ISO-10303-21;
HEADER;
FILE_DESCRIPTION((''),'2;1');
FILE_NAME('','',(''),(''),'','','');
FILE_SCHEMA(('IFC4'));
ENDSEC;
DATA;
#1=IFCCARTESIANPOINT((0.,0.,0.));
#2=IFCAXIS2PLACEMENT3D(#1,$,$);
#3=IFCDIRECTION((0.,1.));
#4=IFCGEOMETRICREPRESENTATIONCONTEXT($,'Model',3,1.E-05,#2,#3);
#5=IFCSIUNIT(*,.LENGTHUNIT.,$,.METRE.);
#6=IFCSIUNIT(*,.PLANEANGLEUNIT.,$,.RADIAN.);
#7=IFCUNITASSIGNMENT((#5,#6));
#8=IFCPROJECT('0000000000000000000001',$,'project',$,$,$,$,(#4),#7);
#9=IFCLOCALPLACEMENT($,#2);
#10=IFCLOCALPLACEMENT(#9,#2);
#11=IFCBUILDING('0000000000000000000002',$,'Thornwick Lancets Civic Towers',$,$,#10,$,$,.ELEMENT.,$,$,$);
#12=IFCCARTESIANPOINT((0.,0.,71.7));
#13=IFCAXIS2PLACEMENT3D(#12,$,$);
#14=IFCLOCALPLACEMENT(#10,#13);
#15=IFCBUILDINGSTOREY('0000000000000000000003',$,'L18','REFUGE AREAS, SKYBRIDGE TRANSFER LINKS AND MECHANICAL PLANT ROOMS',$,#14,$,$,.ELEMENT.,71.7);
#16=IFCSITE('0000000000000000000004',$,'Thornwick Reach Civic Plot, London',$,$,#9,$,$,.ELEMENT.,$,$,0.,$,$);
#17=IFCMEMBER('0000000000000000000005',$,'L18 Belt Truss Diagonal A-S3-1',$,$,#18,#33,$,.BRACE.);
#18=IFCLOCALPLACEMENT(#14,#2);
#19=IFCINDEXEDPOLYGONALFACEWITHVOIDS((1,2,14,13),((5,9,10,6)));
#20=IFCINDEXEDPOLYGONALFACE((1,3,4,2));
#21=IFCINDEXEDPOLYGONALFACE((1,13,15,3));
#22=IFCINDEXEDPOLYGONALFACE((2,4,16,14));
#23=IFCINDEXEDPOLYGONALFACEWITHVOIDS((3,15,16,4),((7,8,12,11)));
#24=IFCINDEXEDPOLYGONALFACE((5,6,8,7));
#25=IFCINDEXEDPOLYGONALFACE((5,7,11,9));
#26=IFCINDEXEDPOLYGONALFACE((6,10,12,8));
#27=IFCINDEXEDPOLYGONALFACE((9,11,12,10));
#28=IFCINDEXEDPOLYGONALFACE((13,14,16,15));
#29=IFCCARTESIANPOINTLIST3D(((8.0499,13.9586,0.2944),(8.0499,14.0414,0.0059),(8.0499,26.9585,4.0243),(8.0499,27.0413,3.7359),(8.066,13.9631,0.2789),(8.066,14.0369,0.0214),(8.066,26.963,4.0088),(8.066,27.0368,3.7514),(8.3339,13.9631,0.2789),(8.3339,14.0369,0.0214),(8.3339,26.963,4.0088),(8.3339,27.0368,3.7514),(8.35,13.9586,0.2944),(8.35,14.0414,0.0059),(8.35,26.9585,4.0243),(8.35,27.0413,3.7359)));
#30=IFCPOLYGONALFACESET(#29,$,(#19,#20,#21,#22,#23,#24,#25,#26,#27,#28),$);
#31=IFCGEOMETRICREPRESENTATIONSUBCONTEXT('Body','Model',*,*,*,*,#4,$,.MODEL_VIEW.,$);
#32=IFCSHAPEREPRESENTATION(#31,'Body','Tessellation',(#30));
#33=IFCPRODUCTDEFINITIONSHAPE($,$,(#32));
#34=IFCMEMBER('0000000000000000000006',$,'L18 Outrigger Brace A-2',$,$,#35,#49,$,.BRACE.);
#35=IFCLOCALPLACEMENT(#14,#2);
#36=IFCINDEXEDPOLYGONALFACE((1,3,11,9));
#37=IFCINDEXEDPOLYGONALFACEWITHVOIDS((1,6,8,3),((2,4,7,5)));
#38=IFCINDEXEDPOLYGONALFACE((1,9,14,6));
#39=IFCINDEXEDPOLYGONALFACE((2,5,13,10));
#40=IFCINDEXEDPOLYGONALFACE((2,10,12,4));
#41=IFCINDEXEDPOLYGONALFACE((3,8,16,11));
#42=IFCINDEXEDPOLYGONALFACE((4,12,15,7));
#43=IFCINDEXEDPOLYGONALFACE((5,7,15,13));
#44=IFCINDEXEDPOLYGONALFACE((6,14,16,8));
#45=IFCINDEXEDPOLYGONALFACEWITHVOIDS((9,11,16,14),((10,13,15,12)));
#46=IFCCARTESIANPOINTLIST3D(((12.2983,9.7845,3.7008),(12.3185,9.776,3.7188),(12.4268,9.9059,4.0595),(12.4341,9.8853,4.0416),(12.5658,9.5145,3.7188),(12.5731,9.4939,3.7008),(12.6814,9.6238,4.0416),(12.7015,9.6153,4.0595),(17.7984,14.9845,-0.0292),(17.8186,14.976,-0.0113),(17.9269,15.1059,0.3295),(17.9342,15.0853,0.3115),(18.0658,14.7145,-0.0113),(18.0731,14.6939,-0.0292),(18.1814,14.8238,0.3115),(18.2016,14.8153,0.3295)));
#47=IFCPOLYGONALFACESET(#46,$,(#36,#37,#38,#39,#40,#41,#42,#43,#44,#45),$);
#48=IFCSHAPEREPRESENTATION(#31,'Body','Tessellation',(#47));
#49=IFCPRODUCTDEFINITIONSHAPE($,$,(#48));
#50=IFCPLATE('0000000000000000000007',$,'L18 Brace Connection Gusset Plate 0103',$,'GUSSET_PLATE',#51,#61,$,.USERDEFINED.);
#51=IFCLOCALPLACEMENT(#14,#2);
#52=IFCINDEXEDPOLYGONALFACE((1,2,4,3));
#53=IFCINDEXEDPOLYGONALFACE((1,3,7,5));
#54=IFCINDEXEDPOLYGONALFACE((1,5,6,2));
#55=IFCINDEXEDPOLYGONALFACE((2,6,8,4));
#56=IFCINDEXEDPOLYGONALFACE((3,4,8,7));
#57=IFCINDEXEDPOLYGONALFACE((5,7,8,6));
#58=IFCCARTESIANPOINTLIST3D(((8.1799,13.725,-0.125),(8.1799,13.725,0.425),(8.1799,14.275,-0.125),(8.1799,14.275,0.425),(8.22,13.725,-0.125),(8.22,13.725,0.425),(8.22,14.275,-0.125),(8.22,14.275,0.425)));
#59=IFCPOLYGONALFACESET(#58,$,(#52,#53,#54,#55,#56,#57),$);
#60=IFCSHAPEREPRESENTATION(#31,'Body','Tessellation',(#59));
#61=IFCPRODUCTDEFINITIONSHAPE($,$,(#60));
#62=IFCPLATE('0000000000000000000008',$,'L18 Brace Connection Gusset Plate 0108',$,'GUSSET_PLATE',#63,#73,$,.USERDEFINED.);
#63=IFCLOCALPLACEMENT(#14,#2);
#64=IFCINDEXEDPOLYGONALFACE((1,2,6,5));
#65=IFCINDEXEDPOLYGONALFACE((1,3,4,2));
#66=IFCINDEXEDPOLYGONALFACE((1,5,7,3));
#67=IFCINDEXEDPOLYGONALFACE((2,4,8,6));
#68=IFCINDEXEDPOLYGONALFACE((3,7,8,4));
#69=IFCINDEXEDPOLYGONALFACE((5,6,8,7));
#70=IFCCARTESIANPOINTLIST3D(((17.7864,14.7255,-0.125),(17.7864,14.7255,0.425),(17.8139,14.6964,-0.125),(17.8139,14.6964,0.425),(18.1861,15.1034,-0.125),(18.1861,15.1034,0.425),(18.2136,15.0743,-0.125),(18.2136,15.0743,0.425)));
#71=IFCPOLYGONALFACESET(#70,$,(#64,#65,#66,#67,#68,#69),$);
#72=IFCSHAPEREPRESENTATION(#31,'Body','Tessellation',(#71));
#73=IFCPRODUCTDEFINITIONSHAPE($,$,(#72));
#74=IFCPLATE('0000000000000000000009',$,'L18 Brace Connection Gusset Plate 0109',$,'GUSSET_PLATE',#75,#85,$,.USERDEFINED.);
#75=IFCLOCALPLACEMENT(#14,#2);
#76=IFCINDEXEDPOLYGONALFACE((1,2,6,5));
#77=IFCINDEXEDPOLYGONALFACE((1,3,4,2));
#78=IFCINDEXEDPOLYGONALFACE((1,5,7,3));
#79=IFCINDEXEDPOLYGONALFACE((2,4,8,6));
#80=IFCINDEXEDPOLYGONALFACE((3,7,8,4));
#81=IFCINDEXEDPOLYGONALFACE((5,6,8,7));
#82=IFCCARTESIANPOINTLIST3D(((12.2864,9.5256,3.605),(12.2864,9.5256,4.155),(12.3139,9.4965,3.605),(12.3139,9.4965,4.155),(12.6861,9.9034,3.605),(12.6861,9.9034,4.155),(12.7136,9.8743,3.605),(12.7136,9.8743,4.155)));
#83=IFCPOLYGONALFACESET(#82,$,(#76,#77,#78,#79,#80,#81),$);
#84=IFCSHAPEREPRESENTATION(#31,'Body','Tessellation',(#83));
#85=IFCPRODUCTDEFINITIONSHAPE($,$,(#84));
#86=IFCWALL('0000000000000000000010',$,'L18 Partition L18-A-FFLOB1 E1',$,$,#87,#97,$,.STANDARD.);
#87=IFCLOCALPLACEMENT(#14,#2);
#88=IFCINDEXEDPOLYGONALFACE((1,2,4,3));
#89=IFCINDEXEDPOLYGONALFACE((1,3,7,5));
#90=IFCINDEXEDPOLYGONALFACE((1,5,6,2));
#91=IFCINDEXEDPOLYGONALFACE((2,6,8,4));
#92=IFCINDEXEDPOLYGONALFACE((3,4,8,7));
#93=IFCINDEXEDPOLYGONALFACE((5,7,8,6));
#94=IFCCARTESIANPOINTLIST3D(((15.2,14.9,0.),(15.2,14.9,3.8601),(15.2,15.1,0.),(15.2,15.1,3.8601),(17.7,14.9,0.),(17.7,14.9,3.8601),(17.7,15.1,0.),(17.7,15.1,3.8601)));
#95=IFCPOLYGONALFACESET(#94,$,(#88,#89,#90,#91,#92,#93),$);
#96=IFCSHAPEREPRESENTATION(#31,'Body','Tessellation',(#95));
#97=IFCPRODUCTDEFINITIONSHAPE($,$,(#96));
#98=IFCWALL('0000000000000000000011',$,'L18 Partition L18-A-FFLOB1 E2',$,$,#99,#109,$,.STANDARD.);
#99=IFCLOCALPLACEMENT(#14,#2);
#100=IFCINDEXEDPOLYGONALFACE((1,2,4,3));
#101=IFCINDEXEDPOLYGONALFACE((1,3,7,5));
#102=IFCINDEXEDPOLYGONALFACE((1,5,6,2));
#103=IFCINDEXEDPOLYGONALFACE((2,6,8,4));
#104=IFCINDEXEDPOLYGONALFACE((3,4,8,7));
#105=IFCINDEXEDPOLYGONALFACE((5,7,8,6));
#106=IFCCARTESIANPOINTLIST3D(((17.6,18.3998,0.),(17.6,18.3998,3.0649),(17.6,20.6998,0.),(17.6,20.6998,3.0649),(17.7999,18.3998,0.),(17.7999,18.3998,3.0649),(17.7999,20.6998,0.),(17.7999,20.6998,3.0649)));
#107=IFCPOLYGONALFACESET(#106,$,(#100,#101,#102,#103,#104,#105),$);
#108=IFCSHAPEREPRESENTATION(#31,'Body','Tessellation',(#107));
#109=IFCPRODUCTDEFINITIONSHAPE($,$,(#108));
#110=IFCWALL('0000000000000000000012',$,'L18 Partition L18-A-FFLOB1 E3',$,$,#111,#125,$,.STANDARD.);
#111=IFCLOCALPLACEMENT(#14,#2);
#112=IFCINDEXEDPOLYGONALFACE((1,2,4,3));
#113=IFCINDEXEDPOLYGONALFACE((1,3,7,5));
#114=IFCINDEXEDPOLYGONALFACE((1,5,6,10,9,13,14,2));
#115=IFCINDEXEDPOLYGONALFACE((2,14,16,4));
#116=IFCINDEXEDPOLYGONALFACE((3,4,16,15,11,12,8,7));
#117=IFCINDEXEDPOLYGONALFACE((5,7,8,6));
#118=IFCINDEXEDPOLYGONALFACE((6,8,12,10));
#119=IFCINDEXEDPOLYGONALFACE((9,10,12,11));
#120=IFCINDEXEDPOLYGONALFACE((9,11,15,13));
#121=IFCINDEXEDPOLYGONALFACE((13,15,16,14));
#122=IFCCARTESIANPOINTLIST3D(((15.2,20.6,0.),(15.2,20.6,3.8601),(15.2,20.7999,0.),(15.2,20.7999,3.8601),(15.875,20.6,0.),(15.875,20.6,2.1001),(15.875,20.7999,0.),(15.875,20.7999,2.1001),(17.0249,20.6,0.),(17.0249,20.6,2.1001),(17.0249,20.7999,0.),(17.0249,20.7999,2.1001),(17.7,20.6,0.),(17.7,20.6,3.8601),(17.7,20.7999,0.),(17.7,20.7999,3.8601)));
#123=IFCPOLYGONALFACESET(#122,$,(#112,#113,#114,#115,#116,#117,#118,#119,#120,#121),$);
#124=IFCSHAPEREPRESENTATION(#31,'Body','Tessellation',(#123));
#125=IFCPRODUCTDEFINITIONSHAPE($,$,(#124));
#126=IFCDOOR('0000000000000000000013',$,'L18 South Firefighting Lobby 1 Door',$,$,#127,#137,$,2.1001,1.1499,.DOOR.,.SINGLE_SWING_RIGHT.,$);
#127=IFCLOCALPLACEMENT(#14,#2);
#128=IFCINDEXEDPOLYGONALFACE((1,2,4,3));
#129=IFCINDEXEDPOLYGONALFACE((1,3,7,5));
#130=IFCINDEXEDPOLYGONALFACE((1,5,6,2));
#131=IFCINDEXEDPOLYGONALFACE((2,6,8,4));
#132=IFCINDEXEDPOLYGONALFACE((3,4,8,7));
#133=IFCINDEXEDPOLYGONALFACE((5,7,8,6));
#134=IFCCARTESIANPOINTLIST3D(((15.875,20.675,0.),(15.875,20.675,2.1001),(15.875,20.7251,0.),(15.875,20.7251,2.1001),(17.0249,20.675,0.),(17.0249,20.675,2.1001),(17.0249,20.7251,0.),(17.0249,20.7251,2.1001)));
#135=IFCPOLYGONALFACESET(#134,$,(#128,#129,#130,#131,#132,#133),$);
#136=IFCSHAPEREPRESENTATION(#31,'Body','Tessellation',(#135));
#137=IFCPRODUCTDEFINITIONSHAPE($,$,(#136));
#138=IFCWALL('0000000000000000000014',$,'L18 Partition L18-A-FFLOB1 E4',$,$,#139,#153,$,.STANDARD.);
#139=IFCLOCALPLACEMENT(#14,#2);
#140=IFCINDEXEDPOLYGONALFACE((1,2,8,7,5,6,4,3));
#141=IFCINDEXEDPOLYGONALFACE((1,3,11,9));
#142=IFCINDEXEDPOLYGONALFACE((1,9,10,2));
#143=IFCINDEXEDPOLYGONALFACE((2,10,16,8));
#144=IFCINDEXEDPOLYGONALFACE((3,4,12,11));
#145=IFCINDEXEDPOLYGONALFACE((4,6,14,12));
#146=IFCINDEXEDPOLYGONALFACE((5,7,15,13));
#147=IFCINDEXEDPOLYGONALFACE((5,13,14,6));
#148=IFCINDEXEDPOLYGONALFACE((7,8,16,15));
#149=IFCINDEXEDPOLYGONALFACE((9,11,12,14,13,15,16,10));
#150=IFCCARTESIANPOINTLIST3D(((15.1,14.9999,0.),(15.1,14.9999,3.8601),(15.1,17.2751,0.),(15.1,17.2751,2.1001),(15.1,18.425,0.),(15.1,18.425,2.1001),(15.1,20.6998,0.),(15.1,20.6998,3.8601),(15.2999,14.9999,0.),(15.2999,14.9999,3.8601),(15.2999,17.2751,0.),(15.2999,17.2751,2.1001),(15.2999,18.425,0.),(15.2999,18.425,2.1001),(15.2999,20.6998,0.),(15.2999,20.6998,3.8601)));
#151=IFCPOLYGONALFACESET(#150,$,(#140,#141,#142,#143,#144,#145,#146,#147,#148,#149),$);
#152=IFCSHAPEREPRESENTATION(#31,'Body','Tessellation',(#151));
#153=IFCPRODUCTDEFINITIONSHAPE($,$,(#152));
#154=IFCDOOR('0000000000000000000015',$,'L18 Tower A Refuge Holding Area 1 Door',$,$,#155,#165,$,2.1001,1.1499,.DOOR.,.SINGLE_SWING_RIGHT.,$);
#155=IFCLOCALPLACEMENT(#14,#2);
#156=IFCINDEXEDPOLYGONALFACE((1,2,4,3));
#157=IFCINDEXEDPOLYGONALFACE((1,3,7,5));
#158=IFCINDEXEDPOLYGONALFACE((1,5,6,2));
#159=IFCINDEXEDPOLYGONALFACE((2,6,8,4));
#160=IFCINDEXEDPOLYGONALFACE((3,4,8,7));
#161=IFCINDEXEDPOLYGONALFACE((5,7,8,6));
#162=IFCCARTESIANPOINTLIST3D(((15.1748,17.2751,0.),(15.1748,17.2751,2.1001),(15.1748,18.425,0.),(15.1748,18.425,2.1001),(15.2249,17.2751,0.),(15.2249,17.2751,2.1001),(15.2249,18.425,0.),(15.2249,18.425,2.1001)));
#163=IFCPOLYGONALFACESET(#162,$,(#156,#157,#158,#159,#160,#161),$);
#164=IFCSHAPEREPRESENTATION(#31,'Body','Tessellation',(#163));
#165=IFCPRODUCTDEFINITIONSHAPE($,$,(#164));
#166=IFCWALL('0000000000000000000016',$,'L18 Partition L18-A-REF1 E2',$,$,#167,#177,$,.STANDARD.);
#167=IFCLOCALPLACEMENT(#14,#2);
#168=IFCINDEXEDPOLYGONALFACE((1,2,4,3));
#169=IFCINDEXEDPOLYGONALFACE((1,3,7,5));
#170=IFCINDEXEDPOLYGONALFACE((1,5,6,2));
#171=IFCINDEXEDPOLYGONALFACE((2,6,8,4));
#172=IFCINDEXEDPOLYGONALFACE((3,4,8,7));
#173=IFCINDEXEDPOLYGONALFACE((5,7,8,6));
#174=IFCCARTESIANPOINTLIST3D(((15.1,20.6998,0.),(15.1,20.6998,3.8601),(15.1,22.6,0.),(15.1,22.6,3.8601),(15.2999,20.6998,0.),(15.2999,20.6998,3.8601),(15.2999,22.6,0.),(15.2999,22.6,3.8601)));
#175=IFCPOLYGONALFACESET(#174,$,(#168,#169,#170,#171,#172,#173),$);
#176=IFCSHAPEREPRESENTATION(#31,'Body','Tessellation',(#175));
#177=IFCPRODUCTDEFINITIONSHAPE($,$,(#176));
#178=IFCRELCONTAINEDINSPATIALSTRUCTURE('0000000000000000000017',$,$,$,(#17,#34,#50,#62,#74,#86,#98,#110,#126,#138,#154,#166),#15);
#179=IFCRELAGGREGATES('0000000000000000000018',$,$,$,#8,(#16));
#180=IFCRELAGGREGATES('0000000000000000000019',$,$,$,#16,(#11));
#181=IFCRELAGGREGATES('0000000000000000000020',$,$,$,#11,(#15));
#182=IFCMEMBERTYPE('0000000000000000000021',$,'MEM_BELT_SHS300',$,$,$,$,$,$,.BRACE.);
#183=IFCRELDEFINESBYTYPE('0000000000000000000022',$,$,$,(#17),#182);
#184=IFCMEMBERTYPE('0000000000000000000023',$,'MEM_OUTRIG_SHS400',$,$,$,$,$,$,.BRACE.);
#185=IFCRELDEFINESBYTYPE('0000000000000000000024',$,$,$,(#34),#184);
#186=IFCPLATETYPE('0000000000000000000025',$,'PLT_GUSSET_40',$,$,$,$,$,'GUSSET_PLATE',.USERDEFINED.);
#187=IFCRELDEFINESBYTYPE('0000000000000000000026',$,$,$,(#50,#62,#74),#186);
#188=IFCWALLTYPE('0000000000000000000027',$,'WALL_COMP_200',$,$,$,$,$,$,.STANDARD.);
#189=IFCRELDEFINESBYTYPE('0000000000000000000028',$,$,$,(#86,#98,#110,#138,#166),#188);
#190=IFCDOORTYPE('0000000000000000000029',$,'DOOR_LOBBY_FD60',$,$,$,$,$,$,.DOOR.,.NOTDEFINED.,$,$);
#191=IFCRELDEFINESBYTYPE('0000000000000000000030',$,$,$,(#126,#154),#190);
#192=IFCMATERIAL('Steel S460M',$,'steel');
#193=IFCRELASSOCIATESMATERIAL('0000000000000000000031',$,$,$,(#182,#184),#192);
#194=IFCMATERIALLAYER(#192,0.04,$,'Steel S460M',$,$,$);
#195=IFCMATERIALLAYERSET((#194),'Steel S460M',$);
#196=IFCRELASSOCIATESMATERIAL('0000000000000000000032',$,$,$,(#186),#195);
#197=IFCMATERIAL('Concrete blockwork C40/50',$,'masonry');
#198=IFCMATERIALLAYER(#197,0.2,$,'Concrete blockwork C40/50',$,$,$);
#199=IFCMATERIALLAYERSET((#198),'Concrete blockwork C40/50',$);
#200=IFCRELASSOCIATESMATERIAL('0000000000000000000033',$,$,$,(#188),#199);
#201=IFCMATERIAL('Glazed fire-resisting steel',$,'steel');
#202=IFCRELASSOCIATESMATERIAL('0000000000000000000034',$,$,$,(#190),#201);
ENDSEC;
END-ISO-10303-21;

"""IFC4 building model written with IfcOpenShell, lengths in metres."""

from ifc_helpers import new_model, si_unit, direction, frame, frame_2d, origin, origin_2d, place, context, subcontext, project, spatial, rectangle, hollow_rectangle, extrude, material, layer, layer_set, material_profile, profile_set, type_object, element, fill, save


model = new_model("IFC4")

# Units and contexts
model_context = context("Model", 3, precision=1e-05, world=origin(), true_north=direction((0.0, 1.0)))
body_context = subcontext(model_context, "Body", "Model", "MODEL_VIEW")
ifc_project = project(units=[si_unit("LENGTHUNIT", "METRE"), si_unit("PLANEANGLEUNIT", "RADIAN")], contexts=[model_context])

# Site, building, storey
site_placement = place(None, origin())
site = spatial("IfcSite", under=ifc_project, at=site_placement, Name="Thornwick Reach Civic Plot, London", CompositionType="ELEMENT", RefElevation=0.0)
building_placement = place(site_placement, origin())
building = spatial("IfcBuilding", under=site, at=building_placement, Name="Thornwick Lancets Civic Towers", CompositionType="ELEMENT")
storey_placement = place(building_placement, frame((0.0, 0.0, 71.7)))
storey = spatial("IfcBuildingStorey", under=building, at=storey_placement, Name="L18", Description="REFUGE AREAS, SKYBRIDGE TRANSFER LINKS AND MECHANICAL PLANT ROOMS", CompositionType="ELEMENT", Elevation=71.7)

# Members
ifc_material_1 = material(Name="Steel S460M", Category="steel")
ifc_material_profile_1 = material_profile(ifc_material_1, hollow_rectangle(XDim=0.3, YDim=0.3, WallThickness=0.0161, at=origin_2d()), Name="SHS 300x300x16")
ifc_profile_set_1 = profile_set([ifc_material_profile_1], Name="Steel S460M")
member_type_1 = type_object("IfcMemberType", Name="MEM_BELT_SHS300", PredefinedType="BRACE", material=ifc_profile_set_1)
member_1_placement = place(storey_placement, frame((8.2, 14.0, 0.1501), z_axis=(0.0, 0.961217, 0.275794), x_axis=(-1.0, 0.0, 0.0)))
element("IfcMember", 1, at=member_1_placement, inside=storey, type_object=member_type_1, Name="L18 Belt Truss Diagonal A-S3-1", PredefinedType="BRACE", context=body_context, shape_type="SweptSolid", body=[
    extrude(hollow_rectangle(XDim=0.3, YDim=0.3, WallThickness=0.0161, at=origin_2d()), origin(), (0.0, 0.0, 1.0), 13.5244),
])
ifc_material_profile_2 = material_profile(ifc_material_1, hollow_rectangle(XDim=0.3999, YDim=0.3999, WallThickness=0.02, at=origin_2d()), Name="SHS 400x400x20")
ifc_profile_set_2 = profile_set([ifc_material_profile_2], Name="Steel S460M")
member_type_2 = type_object("IfcMemberType", Name="MEM_OUTRIG_SHS400", PredefinedType="BRACE", material=ifc_profile_set_2)
member_2_placement = place(storey_placement, frame((18.0, 14.8999, 0.1501), z_axis=(-0.651802, -0.616244, 0.442038), x_axis=(0.687008, -0.72665, 0.0)))
element("IfcMember", 2, at=member_2_placement, inside=storey, type_object=member_type_2, Name="L18 Outrigger Brace A-2", PredefinedType="BRACE", context=body_context, shape_type="SweptSolid", body=[
    extrude(hollow_rectangle(XDim=0.3999, YDim=0.3999, WallThickness=0.02, at=origin_2d()), origin(), (0.0, 0.0, 1.0), 8.4382),
])

# Plates
ifc_layer_1 = layer(ifc_material_1, 0.04, Name="Steel S460M")
ifc_layer_set_1 = layer_set([ifc_layer_1], Name="Steel S460M")
plate_type = type_object("IfcPlateType", Name="PLT_GUSSET_40", ElementType="GUSSET_PLATE", PredefinedType="USERDEFINED", material=ifc_layer_set_1)
for number, where, z_axis, x_axis, name in (
    (3, (8.2, 14.0, -0.125), (0.0, 0.0, 1.0), (0.0, 1.0, 0.0), "L18 Brace Connection Gusset Plate 0103"),
    (4, (18.0, 14.8999, -0.125), (0.0, 0.0, 1.0), (-0.726695, -0.686961, 0.0), "L18 Brace Connection Gusset Plate 0108"),
    (5, (12.5, 9.7, 3.605), (0.0, 0.0, 1.0), (-0.726695, -0.686961, 0.0), "L18 Brace Connection Gusset Plate 0109"),
):
    element("IfcPlate", number, at=place(storey_placement, frame(where, z_axis=z_axis, x_axis=x_axis)), inside=storey, type_object=plate_type, Name=name, ObjectType="GUSSET_PLATE", PredefinedType="USERDEFINED", context=body_context, shape_type="SweptSolid", body=[
        extrude(rectangle(XDim=0.55, YDim=0.04, at=origin_2d()), origin(), (0.0, 0.0, 1.0), 0.55),
    ])

# Walls
ifc_material_2 = material(Name="Concrete blockwork C40/50", Category="masonry")
ifc_layer_2 = layer(ifc_material_2, 0.2, Name="Concrete blockwork C40/50")
ifc_layer_set_2 = layer_set([ifc_layer_2], Name="Concrete blockwork C40/50")
wall_type_1 = type_object("IfcWallType", Name="WALL_COMP_200", PredefinedType="STANDARD", material=ifc_layer_set_2)
wall_1_placement = place(storey_placement, frame((15.2, 15.0, 0.0), z_axis=(0.0, 0.0, 1.0), x_axis=(1.0, 0.0, 0.0)))
element("IfcWall", 6, at=wall_1_placement, inside=storey, type_object=wall_type_1, Name="L18 Partition L18-A-FFLOB1 E1", PredefinedType="STANDARD", context=body_context, shape_type="SweptSolid", body=[
    extrude(rectangle(XDim=2.5, YDim=0.2, at=frame_2d((1.25, 0.0))), origin(), (0.0, 0.0, 1.0), 3.8601),
])
wall_2_placement = place(storey_placement, frame((17.7, 18.3999, 0.0), z_axis=(0.0, 0.0, 1.0), x_axis=(0.0, 1.0, 0.0)))
element("IfcWall", 7, at=wall_2_placement, inside=storey, type_object=wall_type_1, Name="L18 Partition L18-A-FFLOB1 E2", PredefinedType="STANDARD", context=body_context, shape_type="SweptSolid", body=[
    extrude(rectangle(XDim=2.3, YDim=0.2, at=frame_2d((1.1499, 0.0))), origin(), (0.0, 0.0, 1.0), 3.0649),
])

# Walls, openings, doors
wall_3_placement = place(storey_placement, frame((17.7, 20.7, 0.0), z_axis=(0.0, 0.0, 1.0), x_axis=(-1.0, 0.0, 0.0)))
wall_3 = element("IfcWall", 8, at=wall_3_placement, inside=storey, type_object=wall_type_1, Name="L18 Partition L18-A-FFLOB1 E3", PredefinedType="STANDARD", context=body_context, shape_type="SweptSolid", body=[
    extrude(rectangle(XDim=2.5, YDim=0.2, at=frame_2d((1.25, 0.0))), origin(), (0.0, 0.0, 1.0), 3.8601),
])
opening_1_placement = place(wall_3_placement, frame((0.675, 0.0, 0.0)))
opening_1 = element("IfcOpeningElement", 9, at=opening_1_placement, cuts=wall_3, PredefinedType="OPENING", context=body_context, shape_type="SweptSolid", body=[
    extrude(rectangle(XDim=1.1499, YDim=2.1001, at=frame_2d((0.575, 1.05))), frame((0.0, 0.1099, 0.0), z_axis=(0.0, -1.0, 0.0), x_axis=(1.0, 0.0, 0.0)), (0.0, 0.0, 1.0), 0.22),
])
ifc_material_3 = material(Name="Glazed fire-resisting steel", Category="steel")
door_type_1 = type_object("IfcDoorType", Name="DOOR_LOBBY_FD60", OperationType="NOTDEFINED", PredefinedType="DOOR", material=ifc_material_3)
door_1_placement = place(opening_1_placement, origin())
door_1 = element("IfcDoor", 10, at=door_1_placement, inside=storey, type_object=door_type_1, Name="L18 South Firefighting Lobby 1 Door", OperationType="SINGLE_SWING_RIGHT", OverallHeight=2.1001, OverallWidth=1.1499, PredefinedType="DOOR", context=body_context, shape_type="SweptSolid", body=[
    extrude(rectangle(XDim=1.1499, YDim=2.1001, at=frame_2d((0.575, 1.05))), frame((0.0, 0.0249, 0.0), z_axis=(0.0, -1.0, 0.0), x_axis=(1.0, 0.0, 0.0)), (0.0, 0.0, 1.0), 0.05),
])
fill(opening_1, door_1)
wall_4_placement = place(storey_placement, frame((15.2, 20.7, 0.0), z_axis=(0.0, 0.0, 1.0), x_axis=(0.0, -1.0, 0.0)))
wall_4 = element("IfcWall", 11, at=wall_4_placement, inside=storey, type_object=wall_type_1, Name="L18 Partition L18-A-FFLOB1 E4", PredefinedType="STANDARD", context=body_context, shape_type="SweptSolid", body=[
    extrude(rectangle(XDim=5.7, YDim=0.2, at=frame_2d((2.8501, 0.0))), origin(), (0.0, 0.0, 1.0), 3.8601),
])
opening_2_placement = place(wall_4_placement, frame((2.2749, 0.0, 0.0)))
opening_2 = element("IfcOpeningElement", 12, at=opening_2_placement, cuts=wall_4, PredefinedType="OPENING", context=body_context, shape_type="SweptSolid", body=[
    extrude(rectangle(XDim=1.1499, YDim=2.1001, at=frame_2d((0.575, 1.05))), frame((0.0, 0.1099, 0.0), z_axis=(0.0, -1.0, 0.0), x_axis=(1.0, 0.0, 0.0)), (0.0, 0.0, 1.0), 0.22),
])
door_2_placement = place(opening_2_placement, origin())
door_2 = element("IfcDoor", 13, at=door_2_placement, inside=storey, type_object=door_type_1, Name="L18 Tower A Refuge Holding Area 1 Door", OperationType="SINGLE_SWING_RIGHT", OverallHeight=2.1001, OverallWidth=1.1499, PredefinedType="DOOR", context=body_context, shape_type="SweptSolid", body=[
    extrude(rectangle(XDim=1.1499, YDim=2.1001, at=frame_2d((0.575, 1.05))), frame((0.0, 0.0249, 0.0), z_axis=(0.0, -1.0, 0.0), x_axis=(1.0, 0.0, 0.0)), (0.0, 0.0, 1.0), 0.05),
])
fill(opening_2, door_2)

# Wall
wall_5_placement = place(storey_placement, frame((15.2, 22.6001, 0.0), z_axis=(0.0, 0.0, 1.0), x_axis=(0.0, -1.0, 0.0)))
element("IfcWall", 14, at=wall_5_placement, inside=storey, type_object=wall_type_1, Name="L18 Partition L18-A-REF1 E2", PredefinedType="STANDARD", context=body_context, shape_type="SweptSolid", body=[
    extrude(rectangle(XDim=1.9001, YDim=0.2, at=frame_2d((0.9502, 0.0))), origin(), (0.0, 0.0, 1.0), 3.8601),
])

save(model, "model.ifc")
